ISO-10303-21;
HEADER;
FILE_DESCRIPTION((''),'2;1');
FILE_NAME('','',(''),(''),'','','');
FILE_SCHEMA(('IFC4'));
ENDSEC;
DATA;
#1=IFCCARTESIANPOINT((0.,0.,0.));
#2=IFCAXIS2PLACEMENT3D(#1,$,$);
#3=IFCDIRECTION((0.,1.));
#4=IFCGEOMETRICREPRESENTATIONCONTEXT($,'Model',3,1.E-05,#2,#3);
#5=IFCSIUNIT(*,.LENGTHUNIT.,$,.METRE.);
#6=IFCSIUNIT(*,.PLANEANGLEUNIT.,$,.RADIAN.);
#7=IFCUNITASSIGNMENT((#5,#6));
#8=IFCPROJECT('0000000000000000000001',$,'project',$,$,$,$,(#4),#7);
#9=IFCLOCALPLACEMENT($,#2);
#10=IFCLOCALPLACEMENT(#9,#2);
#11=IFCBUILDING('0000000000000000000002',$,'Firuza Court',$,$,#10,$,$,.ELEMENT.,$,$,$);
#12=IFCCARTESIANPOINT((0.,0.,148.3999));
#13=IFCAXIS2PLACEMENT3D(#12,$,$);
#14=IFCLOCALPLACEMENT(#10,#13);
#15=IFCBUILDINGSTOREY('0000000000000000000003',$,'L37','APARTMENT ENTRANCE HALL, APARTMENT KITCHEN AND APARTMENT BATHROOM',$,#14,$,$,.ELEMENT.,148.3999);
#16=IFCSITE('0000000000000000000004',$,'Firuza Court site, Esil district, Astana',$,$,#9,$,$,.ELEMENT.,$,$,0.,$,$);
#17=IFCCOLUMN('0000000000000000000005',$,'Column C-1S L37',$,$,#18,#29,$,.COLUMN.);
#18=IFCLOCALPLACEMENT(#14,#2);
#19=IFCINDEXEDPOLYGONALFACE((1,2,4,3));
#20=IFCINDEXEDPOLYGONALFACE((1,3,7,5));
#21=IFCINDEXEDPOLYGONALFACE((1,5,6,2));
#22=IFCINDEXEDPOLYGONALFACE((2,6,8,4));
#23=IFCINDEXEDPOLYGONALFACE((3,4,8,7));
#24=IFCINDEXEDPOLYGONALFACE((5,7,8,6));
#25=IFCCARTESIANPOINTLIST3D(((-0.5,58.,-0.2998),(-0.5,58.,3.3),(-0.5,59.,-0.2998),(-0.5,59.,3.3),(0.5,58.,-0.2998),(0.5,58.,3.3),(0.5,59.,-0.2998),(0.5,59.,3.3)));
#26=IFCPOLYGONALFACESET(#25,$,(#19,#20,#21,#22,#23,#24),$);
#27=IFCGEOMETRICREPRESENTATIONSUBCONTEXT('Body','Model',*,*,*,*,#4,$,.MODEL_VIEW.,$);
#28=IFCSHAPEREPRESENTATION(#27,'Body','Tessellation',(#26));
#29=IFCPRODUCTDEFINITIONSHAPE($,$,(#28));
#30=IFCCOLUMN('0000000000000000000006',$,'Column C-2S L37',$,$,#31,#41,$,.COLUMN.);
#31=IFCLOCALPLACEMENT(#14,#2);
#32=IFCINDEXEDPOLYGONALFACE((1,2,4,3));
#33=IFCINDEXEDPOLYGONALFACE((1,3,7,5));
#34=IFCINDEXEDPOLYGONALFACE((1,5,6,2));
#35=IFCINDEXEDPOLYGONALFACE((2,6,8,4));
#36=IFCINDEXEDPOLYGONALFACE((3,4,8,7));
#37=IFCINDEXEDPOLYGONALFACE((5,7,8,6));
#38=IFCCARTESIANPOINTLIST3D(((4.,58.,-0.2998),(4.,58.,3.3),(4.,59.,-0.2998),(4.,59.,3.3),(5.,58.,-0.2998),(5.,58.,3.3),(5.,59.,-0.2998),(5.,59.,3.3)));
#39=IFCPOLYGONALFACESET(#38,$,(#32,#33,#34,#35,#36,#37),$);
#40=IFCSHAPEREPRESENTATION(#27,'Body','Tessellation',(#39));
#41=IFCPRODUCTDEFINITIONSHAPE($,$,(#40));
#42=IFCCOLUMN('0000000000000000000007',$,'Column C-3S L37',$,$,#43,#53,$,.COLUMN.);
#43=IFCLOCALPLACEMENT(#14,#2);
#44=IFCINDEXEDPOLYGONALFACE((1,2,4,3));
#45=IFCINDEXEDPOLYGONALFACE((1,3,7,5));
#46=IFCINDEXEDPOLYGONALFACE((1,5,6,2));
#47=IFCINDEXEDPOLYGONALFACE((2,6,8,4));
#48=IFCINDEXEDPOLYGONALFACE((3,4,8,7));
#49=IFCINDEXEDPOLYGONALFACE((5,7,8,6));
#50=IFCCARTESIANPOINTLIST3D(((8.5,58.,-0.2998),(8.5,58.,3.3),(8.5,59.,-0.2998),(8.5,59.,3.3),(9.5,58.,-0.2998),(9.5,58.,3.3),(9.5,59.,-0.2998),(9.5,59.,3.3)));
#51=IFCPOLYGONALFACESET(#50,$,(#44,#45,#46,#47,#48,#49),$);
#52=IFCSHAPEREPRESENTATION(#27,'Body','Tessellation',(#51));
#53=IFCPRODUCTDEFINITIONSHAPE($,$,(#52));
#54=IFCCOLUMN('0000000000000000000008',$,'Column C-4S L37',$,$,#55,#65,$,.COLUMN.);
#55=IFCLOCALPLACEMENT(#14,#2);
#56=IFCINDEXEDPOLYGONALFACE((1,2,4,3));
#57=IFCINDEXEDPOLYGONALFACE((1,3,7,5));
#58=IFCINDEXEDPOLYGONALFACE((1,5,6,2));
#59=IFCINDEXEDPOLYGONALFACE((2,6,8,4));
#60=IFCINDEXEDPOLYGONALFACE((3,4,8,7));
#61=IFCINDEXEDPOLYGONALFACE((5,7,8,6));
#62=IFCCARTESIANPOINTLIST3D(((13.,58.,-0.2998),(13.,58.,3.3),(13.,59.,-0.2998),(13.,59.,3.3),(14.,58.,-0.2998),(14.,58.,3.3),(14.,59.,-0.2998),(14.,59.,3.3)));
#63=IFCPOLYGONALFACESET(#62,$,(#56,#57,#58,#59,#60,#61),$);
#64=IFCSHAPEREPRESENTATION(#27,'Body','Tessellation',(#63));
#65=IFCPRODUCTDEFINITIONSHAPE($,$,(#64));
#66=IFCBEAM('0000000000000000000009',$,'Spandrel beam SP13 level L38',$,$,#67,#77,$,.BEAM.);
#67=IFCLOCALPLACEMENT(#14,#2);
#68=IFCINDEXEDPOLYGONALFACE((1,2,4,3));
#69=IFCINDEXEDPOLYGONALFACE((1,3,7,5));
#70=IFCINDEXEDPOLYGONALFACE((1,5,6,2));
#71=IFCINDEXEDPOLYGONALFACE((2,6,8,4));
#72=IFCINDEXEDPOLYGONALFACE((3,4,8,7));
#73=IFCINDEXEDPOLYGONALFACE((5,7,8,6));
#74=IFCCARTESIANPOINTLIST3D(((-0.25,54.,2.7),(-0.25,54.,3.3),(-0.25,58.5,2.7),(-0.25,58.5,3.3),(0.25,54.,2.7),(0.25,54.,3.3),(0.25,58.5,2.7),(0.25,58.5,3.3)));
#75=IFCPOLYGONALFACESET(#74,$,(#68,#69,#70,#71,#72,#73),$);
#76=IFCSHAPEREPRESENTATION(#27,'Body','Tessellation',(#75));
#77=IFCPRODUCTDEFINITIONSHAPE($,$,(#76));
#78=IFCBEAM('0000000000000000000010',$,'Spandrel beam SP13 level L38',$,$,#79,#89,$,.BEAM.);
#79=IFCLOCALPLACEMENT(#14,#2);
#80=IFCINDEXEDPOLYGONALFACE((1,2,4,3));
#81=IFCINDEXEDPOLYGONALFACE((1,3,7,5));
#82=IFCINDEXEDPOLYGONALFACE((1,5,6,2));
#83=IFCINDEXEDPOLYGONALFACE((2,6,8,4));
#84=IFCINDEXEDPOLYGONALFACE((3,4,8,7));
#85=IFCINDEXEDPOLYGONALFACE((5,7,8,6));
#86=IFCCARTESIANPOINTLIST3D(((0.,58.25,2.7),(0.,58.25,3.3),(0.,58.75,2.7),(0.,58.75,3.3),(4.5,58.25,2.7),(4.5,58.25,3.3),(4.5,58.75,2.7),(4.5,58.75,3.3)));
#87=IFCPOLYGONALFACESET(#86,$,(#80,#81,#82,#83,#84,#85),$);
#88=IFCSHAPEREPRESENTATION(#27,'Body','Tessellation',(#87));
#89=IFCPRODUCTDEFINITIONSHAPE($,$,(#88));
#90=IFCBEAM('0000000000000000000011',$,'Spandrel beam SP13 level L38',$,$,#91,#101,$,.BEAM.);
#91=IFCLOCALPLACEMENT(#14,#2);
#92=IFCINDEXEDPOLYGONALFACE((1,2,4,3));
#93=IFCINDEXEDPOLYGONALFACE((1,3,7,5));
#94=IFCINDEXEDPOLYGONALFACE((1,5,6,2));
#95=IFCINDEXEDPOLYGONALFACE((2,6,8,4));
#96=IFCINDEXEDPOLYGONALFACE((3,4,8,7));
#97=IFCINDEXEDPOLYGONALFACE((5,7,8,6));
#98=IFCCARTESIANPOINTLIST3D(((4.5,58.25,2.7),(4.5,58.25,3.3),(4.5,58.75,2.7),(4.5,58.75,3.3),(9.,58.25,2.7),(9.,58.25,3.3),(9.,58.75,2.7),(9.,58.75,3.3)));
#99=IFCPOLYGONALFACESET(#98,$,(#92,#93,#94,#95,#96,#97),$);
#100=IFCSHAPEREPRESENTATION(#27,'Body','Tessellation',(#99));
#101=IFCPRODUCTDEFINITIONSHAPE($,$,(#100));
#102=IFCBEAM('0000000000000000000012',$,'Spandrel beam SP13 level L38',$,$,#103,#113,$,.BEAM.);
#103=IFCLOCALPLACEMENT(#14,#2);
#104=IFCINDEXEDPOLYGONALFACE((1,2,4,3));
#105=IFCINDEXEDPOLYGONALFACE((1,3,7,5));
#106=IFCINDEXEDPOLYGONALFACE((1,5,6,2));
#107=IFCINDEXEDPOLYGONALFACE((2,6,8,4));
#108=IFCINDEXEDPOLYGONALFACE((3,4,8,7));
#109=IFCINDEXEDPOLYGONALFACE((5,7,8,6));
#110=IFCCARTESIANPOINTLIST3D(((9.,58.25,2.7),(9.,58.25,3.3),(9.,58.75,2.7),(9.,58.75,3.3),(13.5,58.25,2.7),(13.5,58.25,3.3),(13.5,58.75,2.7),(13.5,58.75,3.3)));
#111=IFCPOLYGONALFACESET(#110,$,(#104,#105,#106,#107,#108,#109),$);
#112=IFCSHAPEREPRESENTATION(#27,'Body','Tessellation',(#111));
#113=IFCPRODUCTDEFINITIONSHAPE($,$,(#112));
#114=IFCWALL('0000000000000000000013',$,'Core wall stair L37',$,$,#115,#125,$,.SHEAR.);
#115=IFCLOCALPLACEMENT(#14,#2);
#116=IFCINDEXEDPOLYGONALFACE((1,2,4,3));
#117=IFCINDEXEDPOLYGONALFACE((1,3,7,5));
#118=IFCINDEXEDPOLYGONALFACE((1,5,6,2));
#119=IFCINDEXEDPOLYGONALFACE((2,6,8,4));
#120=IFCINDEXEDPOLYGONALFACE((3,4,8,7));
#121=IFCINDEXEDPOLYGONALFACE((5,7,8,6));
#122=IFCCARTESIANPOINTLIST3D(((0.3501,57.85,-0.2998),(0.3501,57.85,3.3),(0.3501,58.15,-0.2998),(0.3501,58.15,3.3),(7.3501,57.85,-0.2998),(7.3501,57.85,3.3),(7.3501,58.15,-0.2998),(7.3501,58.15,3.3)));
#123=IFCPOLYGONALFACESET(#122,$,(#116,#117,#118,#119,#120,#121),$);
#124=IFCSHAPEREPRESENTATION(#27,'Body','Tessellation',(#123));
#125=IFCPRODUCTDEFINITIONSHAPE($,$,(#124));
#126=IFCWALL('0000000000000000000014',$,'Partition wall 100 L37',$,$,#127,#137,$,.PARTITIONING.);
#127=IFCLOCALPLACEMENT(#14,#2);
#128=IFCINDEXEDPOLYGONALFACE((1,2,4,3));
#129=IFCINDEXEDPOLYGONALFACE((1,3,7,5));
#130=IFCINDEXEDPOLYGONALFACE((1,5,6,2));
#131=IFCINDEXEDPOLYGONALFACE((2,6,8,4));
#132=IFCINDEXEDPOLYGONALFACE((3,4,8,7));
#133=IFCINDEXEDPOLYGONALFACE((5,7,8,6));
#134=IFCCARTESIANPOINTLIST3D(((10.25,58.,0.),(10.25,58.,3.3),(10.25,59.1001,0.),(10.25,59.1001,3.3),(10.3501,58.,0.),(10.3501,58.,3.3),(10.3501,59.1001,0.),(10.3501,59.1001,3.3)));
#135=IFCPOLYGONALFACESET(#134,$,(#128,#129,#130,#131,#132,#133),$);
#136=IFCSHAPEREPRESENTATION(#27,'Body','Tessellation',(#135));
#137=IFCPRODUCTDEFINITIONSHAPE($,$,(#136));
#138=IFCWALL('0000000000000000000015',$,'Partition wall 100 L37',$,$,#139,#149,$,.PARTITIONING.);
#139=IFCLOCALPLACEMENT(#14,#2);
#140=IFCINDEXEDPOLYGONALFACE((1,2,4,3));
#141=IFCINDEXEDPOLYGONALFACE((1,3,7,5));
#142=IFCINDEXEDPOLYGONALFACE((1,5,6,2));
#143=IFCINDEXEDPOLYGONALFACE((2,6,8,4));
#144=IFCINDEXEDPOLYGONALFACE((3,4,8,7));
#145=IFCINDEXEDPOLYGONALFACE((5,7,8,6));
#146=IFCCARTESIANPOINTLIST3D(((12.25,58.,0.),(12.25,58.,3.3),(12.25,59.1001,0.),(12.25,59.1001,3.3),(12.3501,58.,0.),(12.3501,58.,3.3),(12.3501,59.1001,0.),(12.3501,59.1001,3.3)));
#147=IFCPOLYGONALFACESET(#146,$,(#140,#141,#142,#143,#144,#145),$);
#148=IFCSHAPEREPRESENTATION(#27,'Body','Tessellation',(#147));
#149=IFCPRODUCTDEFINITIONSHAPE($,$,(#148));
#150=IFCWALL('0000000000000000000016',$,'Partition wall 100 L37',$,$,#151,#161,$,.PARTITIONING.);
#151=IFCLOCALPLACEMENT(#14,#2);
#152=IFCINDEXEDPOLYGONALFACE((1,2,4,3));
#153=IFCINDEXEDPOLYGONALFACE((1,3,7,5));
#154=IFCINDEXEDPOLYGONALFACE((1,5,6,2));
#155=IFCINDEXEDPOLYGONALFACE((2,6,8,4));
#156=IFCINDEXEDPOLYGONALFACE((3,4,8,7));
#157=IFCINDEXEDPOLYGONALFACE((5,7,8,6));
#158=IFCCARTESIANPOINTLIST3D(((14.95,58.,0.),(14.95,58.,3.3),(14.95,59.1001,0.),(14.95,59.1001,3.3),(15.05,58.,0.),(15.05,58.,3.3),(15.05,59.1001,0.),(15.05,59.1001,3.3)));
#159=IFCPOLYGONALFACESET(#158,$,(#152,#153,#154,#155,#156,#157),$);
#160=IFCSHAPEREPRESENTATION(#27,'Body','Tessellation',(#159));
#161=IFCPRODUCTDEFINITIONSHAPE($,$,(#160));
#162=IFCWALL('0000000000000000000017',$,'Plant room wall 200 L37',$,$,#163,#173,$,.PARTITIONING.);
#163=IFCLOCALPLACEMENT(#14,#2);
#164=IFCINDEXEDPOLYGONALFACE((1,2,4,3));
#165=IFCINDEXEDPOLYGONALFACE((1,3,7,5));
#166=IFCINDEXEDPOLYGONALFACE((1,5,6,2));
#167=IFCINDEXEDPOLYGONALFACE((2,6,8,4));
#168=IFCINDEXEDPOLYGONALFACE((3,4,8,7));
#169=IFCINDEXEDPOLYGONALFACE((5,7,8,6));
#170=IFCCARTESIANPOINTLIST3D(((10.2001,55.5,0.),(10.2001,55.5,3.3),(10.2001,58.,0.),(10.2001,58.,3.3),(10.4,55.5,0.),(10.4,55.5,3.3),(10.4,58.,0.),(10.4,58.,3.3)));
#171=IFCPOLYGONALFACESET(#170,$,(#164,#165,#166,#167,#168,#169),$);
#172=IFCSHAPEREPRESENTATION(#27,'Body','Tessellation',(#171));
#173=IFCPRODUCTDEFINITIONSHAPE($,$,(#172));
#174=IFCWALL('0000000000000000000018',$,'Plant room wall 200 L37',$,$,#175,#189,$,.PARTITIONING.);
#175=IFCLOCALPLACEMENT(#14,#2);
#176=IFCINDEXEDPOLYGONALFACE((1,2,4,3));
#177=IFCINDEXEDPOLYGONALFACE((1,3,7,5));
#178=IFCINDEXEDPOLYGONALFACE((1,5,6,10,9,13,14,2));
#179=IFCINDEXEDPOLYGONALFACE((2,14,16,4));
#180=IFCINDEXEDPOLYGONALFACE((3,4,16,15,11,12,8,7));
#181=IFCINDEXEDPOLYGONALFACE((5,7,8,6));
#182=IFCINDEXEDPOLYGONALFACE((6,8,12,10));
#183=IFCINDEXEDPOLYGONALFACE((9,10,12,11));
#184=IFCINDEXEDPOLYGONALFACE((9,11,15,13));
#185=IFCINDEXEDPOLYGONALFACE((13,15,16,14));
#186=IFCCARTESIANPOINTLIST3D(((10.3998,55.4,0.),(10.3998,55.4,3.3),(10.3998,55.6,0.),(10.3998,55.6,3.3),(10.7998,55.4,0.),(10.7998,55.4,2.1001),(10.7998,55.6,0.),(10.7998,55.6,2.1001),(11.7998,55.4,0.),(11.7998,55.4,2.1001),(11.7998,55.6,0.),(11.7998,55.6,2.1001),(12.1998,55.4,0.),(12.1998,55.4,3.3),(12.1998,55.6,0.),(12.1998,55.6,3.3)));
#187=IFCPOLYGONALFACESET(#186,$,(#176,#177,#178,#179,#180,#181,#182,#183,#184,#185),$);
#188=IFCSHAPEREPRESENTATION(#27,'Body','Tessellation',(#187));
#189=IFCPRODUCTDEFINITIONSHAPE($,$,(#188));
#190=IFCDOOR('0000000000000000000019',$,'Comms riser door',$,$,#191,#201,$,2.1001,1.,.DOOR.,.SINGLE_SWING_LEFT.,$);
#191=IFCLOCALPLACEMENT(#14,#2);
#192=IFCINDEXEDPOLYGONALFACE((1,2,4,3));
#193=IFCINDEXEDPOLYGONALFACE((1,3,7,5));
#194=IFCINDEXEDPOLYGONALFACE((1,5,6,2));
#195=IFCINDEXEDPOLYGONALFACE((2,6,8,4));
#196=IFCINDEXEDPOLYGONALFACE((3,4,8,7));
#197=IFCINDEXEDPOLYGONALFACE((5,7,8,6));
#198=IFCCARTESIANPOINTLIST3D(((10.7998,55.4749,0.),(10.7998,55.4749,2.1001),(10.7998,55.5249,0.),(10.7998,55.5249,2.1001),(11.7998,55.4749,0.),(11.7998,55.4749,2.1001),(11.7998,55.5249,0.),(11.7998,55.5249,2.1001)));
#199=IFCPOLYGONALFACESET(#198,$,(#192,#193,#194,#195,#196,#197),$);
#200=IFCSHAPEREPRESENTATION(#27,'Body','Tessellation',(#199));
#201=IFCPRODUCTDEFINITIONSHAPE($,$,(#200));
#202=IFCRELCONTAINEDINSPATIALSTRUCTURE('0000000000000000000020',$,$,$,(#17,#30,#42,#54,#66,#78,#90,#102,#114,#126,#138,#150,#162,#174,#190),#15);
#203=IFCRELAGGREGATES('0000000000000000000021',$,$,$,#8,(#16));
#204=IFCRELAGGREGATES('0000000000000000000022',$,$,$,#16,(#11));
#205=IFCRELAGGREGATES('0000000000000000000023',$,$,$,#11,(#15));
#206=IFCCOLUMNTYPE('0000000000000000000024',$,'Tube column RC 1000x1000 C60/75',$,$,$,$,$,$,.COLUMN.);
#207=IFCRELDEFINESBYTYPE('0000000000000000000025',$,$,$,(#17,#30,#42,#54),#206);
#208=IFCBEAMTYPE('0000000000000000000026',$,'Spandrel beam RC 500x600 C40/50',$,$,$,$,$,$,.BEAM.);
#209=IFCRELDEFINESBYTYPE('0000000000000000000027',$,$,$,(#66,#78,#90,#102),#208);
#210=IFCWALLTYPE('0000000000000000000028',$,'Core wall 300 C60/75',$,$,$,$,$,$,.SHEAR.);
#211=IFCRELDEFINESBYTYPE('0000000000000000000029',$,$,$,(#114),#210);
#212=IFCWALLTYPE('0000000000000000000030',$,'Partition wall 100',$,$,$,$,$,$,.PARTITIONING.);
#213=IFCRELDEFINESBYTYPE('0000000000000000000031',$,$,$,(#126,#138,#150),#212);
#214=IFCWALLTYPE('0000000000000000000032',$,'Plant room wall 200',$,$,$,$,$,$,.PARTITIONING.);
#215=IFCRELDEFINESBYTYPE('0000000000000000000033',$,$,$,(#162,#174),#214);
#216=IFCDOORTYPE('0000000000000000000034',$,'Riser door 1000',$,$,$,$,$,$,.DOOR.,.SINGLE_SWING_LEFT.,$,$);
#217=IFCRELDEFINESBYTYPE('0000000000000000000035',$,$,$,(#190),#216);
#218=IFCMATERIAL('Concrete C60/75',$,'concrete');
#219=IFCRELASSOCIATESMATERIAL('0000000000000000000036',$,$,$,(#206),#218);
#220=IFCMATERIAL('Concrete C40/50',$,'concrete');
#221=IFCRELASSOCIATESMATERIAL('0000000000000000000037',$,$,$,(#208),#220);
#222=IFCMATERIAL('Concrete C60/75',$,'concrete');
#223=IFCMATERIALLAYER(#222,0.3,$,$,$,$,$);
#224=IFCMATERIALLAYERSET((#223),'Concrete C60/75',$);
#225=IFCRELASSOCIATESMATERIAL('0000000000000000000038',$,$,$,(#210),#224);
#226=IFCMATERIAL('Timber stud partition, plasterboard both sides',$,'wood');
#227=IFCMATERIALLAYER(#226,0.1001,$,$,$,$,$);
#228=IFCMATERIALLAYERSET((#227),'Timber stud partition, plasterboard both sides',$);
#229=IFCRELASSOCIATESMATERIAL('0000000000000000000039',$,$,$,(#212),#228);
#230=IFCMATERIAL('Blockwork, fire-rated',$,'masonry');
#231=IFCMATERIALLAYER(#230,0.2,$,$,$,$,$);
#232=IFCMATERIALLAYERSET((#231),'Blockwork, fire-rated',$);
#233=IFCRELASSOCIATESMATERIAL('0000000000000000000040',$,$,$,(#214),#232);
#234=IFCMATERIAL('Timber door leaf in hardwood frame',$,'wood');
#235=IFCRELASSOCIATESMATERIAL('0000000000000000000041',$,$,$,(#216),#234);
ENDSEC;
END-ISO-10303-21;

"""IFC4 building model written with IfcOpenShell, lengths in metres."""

from ifc_helpers import new_model, si_unit, direction, frame, frame_2d, origin, origin_2d, place, context, subcontext, project, spatial, rectangle, extrude, material, layer, layer_set, material_profile, profile_set, type_object, element, fill, save


model = new_model("IFC4")

# Units and contexts
model_context = context("Model", 3, precision=1e-05, world=origin(), true_north=direction((0.0, 1.0)))
body_context = subcontext(model_context, "Body", "Model", "MODEL_VIEW")
ifc_project = project(units=[si_unit("LENGTHUNIT", "METRE"), si_unit("PLANEANGLEUNIT", "RADIAN")], contexts=[model_context])

# Site, building, storey
site_placement = place(None, origin())
site = spatial("IfcSite", under=ifc_project, at=site_placement, Name="Firuza Court site, Esil district, Astana", CompositionType="ELEMENT", RefElevation=0.0)
building_placement = place(site_placement, origin())
building = spatial("IfcBuilding", under=site, at=building_placement, Name="Firuza Court", CompositionType="ELEMENT")
storey_placement = place(building_placement, frame((0.0, 0.0, 148.3999)))
storey = spatial("IfcBuildingStorey", under=building, at=storey_placement, Name="L37", Description="APARTMENT ENTRANCE HALL, APARTMENT KITCHEN AND APARTMENT BATHROOM", CompositionType="ELEMENT", Elevation=148.3999)

# Columns
ifc_material_1 = material(Name="Concrete C60/75", Category="concrete")
ifc_material_profile_1 = material_profile(ifc_material_1, rectangle(XDim=1.0, YDim=1.0, at=origin_2d()), Name="RC 1000x1000")
ifc_profile_set_1 = profile_set([ifc_material_profile_1], Name="Concrete C60/75")
column_type = type_object("IfcColumnType", Name="Tube column RC 1000x1000 C60/75", PredefinedType="COLUMN", material=ifc_profile_set_1)
for number, where, z_axis, x_axis, name in (
    (1, (0.0, 58.5, -0.2998), (0.0, 0.0, 1.0), (1.0, 0.0, 0.0), "Column C-1S L37"),
    (2, (4.5, 58.5, -0.2998), (0.0, 0.0, 1.0), (1.0, 0.0, 0.0), "Column C-2S L37"),
    (3, (9.0, 58.5, -0.2998), (0.0, 0.0, 1.0), (1.0, 0.0, 0.0), "Column C-3S L37"),
    (4, (13.5, 58.5, -0.2998), (0.0, 0.0, 1.0), (1.0, 0.0, 0.0), "Column C-4S L37"),
):
    element("IfcColumn", number, at=place(storey_placement, frame(where, z_axis=z_axis, x_axis=x_axis)), inside=storey, type_object=column_type, Name=name, PredefinedType="COLUMN", context=body_context, shape_type="SweptSolid", body=[
        extrude(rectangle(XDim=1.0, YDim=1.0, at=origin_2d()), origin(), (0.0, 0.0, 1.0), 3.5999),
    ])

# Beams
ifc_material_2 = material(Name="Concrete C40/50", Category="concrete")
ifc_material_profile_2 = material_profile(ifc_material_2, rectangle(XDim=0.5, YDim=0.6001, at=origin_2d()), Name="RC 500x600")
ifc_profile_set_2 = profile_set([ifc_material_profile_2], Name="Concrete C40/50")
beam_type = type_object("IfcBeamType", Name="Spandrel beam RC 500x600 C40/50", PredefinedType="BEAM", material=ifc_profile_set_2)
for number, where, z_axis, x_axis, name in (
    (5, (0.0, 58.5, 3.0), (0.0, -1.0, 0.0), (1.0, 0.0, 0.0), "Spandrel beam SP13 level L38"),
    (6, (4.5, 58.5, 3.0), (-1.0, 0.0, 0.0), (0.0, -1.0, 0.0), "Spandrel beam SP13 level L38"),
    (7, (9.0, 58.5, 3.0), (-1.0, 0.0, 0.0), (0.0, -1.0, 0.0), "Spandrel beam SP13 level L38"),
    (8, (13.5, 58.5, 3.0), (-1.0, 0.0, 0.0), (0.0, -1.0, 0.0), "Spandrel beam SP13 level L38"),
):
    element("IfcBeam", number, at=place(storey_placement, frame(where, z_axis=z_axis, x_axis=x_axis)), inside=storey, type_object=beam_type, Name=name, PredefinedType="BEAM", context=body_context, shape_type="SweptSolid", body=[
        extrude(rectangle(XDim=0.5, YDim=0.6001, at=origin_2d()), origin(), (0.0, 0.0, 1.0), 4.5),
    ])

# Walls
ifc_material_3 = material(Name="Concrete C60/75", Category="concrete")
ifc_layer_1 = layer(ifc_material_3, 0.3)
ifc_layer_set_1 = layer_set([ifc_layer_1], Name="Concrete C60/75")
wall_type_1 = type_object("IfcWallType", Name="Core wall 300 C60/75", PredefinedType="SHEAR", material=ifc_layer_set_1)
wall_1_placement = place(storey_placement, frame((0.3501, 58.0, -0.2998), z_axis=(0.0, 0.0, 1.0), x_axis=(1.0, 0.0, 0.0)))
element("IfcWall", 9, at=wall_1_placement, inside=storey, type_object=wall_type_1, Name="Core wall stair L37", PredefinedType="SHEAR", context=body_context, shape_type="SweptSolid", body=[
    extrude(rectangle(XDim=7.0, YDim=0.3, at=frame_2d((3.5, 0.0))), origin(), (0.0, 0.0, 1.0), 3.5999),
])
ifc_material_4 = material(Name="Timber stud partition, plasterboard both sides", Category="wood")
ifc_layer_2 = layer(ifc_material_4, 0.1001)
ifc_layer_set_2 = layer_set([ifc_layer_2], Name="Timber stud partition, plasterboard both sides")
wall_type_2 = type_object("IfcWallType", Name="Partition wall 100", PredefinedType="PARTITIONING", material=ifc_layer_set_2)
for number, where, z_axis, x_axis, name in (
    (10, (10.3, 58.0, 0.0), (0.0, 0.0, 1.0), (0.0, 1.0, 0.0), "Partition wall 100 L37"),
    (11, (12.3, 58.0, 0.0), (0.0, 0.0, 1.0), (0.0, 1.0, 0.0), "Partition wall 100 L37"),
    (12, (15.0, 58.0, 0.0), (0.0, 0.0, 1.0), (0.0, 1.0, 0.0), "Partition wall 100 L37"),
):
    element("IfcWall", number, at=place(storey_placement, frame(where, z_axis=z_axis, x_axis=x_axis)), inside=storey, type_object=wall_type_2, Name=name, PredefinedType="PARTITIONING", context=body_context, shape_type="SweptSolid", body=[
        extrude(rectangle(XDim=1.1001, YDim=0.1001, at=frame_2d((0.55, 0.0))), origin(), (0.0, 0.0, 1.0), 3.3),
    ])
ifc_material_5 = material(Name="Blockwork, fire-rated", Category="masonry")
ifc_layer_3 = layer(ifc_material_5, 0.2)
ifc_layer_set_3 = layer_set([ifc_layer_3], Name="Blockwork, fire-rated")
wall_type_3 = type_object("IfcWallType", Name="Plant room wall 200", PredefinedType="PARTITIONING", material=ifc_layer_set_3)
wall_2_placement = place(storey_placement, frame((10.3, 55.5, 0.0), z_axis=(0.0, 0.0, 1.0), x_axis=(0.0, 1.0, 0.0)))
element("IfcWall", 13, at=wall_2_placement, inside=storey, type_object=wall_type_3, Name="Plant room wall 200 L37", PredefinedType="PARTITIONING", context=body_context, shape_type="SweptSolid", body=[
    extrude(rectangle(XDim=2.5, YDim=0.2, at=frame_2d((1.25, 0.0))), origin(), (0.0, 0.0, 1.0), 3.3),
])

# Wall, opening, door
wall_3_placement = place(storey_placement, frame((10.3999, 55.5, 0.0), z_axis=(0.0, 0.0, 1.0), x_axis=(1.0, 0.0, 0.0)))
wall_3 = element("IfcWall", 14, at=wall_3_placement, inside=storey, type_object=wall_type_3, Name="Plant room wall 200 L37", PredefinedType="PARTITIONING", context=body_context, shape_type="SweptSolid", body=[
    extrude(rectangle(XDim=1.8, YDim=0.2, at=frame_2d((0.8999, 0.0))), origin(), (0.0, 0.0, 1.0), 3.3),
])
opening_1_placement = place(wall_3_placement, frame((0.3999, 0.0, 0.0)))
opening_1 = element("IfcOpeningElement", 15, at=opening_1_placement, cuts=wall_3, PredefinedType="OPENING", context=body_context, shape_type="SweptSolid", body=[
    extrude(rectangle(XDim=1.0, YDim=2.1001, at=frame_2d((0.5, 1.05))), frame((0.0, 0.1118, 0.0), z_axis=(0.0, -1.0, 0.0), x_axis=(1.0, 0.0, 0.0)), (0.0, 0.0, 1.0), 0.2239),
])
ifc_material_6 = material(Name="Timber door leaf in hardwood frame", Category="wood")
door_type = type_object("IfcDoorType", Name="Riser door 1000", OperationType="SINGLE_SWING_LEFT", PredefinedType="DOOR", material=ifc_material_6)
door_1_placement = place(opening_1_placement, origin())
door_1 = element("IfcDoor", 16, at=door_1_placement, inside=storey, type_object=door_type, Name="Comms riser door", OperationType="SINGLE_SWING_LEFT", OverallHeight=2.1001, OverallWidth=1.0, PredefinedType="DOOR", context=body_context, shape_type="SweptSolid", body=[
    extrude(rectangle(XDim=1.0, YDim=2.1001, at=frame_2d((0.5, 1.05))), frame((0.0, 0.0249, 0.0), z_axis=(0.0, -1.0, 0.0), x_axis=(1.0, 0.0, 0.0)), (0.0, 0.0, 1.0), 0.05),
])
fill(opening_1, door_1)

save(model, "model.ifc")
